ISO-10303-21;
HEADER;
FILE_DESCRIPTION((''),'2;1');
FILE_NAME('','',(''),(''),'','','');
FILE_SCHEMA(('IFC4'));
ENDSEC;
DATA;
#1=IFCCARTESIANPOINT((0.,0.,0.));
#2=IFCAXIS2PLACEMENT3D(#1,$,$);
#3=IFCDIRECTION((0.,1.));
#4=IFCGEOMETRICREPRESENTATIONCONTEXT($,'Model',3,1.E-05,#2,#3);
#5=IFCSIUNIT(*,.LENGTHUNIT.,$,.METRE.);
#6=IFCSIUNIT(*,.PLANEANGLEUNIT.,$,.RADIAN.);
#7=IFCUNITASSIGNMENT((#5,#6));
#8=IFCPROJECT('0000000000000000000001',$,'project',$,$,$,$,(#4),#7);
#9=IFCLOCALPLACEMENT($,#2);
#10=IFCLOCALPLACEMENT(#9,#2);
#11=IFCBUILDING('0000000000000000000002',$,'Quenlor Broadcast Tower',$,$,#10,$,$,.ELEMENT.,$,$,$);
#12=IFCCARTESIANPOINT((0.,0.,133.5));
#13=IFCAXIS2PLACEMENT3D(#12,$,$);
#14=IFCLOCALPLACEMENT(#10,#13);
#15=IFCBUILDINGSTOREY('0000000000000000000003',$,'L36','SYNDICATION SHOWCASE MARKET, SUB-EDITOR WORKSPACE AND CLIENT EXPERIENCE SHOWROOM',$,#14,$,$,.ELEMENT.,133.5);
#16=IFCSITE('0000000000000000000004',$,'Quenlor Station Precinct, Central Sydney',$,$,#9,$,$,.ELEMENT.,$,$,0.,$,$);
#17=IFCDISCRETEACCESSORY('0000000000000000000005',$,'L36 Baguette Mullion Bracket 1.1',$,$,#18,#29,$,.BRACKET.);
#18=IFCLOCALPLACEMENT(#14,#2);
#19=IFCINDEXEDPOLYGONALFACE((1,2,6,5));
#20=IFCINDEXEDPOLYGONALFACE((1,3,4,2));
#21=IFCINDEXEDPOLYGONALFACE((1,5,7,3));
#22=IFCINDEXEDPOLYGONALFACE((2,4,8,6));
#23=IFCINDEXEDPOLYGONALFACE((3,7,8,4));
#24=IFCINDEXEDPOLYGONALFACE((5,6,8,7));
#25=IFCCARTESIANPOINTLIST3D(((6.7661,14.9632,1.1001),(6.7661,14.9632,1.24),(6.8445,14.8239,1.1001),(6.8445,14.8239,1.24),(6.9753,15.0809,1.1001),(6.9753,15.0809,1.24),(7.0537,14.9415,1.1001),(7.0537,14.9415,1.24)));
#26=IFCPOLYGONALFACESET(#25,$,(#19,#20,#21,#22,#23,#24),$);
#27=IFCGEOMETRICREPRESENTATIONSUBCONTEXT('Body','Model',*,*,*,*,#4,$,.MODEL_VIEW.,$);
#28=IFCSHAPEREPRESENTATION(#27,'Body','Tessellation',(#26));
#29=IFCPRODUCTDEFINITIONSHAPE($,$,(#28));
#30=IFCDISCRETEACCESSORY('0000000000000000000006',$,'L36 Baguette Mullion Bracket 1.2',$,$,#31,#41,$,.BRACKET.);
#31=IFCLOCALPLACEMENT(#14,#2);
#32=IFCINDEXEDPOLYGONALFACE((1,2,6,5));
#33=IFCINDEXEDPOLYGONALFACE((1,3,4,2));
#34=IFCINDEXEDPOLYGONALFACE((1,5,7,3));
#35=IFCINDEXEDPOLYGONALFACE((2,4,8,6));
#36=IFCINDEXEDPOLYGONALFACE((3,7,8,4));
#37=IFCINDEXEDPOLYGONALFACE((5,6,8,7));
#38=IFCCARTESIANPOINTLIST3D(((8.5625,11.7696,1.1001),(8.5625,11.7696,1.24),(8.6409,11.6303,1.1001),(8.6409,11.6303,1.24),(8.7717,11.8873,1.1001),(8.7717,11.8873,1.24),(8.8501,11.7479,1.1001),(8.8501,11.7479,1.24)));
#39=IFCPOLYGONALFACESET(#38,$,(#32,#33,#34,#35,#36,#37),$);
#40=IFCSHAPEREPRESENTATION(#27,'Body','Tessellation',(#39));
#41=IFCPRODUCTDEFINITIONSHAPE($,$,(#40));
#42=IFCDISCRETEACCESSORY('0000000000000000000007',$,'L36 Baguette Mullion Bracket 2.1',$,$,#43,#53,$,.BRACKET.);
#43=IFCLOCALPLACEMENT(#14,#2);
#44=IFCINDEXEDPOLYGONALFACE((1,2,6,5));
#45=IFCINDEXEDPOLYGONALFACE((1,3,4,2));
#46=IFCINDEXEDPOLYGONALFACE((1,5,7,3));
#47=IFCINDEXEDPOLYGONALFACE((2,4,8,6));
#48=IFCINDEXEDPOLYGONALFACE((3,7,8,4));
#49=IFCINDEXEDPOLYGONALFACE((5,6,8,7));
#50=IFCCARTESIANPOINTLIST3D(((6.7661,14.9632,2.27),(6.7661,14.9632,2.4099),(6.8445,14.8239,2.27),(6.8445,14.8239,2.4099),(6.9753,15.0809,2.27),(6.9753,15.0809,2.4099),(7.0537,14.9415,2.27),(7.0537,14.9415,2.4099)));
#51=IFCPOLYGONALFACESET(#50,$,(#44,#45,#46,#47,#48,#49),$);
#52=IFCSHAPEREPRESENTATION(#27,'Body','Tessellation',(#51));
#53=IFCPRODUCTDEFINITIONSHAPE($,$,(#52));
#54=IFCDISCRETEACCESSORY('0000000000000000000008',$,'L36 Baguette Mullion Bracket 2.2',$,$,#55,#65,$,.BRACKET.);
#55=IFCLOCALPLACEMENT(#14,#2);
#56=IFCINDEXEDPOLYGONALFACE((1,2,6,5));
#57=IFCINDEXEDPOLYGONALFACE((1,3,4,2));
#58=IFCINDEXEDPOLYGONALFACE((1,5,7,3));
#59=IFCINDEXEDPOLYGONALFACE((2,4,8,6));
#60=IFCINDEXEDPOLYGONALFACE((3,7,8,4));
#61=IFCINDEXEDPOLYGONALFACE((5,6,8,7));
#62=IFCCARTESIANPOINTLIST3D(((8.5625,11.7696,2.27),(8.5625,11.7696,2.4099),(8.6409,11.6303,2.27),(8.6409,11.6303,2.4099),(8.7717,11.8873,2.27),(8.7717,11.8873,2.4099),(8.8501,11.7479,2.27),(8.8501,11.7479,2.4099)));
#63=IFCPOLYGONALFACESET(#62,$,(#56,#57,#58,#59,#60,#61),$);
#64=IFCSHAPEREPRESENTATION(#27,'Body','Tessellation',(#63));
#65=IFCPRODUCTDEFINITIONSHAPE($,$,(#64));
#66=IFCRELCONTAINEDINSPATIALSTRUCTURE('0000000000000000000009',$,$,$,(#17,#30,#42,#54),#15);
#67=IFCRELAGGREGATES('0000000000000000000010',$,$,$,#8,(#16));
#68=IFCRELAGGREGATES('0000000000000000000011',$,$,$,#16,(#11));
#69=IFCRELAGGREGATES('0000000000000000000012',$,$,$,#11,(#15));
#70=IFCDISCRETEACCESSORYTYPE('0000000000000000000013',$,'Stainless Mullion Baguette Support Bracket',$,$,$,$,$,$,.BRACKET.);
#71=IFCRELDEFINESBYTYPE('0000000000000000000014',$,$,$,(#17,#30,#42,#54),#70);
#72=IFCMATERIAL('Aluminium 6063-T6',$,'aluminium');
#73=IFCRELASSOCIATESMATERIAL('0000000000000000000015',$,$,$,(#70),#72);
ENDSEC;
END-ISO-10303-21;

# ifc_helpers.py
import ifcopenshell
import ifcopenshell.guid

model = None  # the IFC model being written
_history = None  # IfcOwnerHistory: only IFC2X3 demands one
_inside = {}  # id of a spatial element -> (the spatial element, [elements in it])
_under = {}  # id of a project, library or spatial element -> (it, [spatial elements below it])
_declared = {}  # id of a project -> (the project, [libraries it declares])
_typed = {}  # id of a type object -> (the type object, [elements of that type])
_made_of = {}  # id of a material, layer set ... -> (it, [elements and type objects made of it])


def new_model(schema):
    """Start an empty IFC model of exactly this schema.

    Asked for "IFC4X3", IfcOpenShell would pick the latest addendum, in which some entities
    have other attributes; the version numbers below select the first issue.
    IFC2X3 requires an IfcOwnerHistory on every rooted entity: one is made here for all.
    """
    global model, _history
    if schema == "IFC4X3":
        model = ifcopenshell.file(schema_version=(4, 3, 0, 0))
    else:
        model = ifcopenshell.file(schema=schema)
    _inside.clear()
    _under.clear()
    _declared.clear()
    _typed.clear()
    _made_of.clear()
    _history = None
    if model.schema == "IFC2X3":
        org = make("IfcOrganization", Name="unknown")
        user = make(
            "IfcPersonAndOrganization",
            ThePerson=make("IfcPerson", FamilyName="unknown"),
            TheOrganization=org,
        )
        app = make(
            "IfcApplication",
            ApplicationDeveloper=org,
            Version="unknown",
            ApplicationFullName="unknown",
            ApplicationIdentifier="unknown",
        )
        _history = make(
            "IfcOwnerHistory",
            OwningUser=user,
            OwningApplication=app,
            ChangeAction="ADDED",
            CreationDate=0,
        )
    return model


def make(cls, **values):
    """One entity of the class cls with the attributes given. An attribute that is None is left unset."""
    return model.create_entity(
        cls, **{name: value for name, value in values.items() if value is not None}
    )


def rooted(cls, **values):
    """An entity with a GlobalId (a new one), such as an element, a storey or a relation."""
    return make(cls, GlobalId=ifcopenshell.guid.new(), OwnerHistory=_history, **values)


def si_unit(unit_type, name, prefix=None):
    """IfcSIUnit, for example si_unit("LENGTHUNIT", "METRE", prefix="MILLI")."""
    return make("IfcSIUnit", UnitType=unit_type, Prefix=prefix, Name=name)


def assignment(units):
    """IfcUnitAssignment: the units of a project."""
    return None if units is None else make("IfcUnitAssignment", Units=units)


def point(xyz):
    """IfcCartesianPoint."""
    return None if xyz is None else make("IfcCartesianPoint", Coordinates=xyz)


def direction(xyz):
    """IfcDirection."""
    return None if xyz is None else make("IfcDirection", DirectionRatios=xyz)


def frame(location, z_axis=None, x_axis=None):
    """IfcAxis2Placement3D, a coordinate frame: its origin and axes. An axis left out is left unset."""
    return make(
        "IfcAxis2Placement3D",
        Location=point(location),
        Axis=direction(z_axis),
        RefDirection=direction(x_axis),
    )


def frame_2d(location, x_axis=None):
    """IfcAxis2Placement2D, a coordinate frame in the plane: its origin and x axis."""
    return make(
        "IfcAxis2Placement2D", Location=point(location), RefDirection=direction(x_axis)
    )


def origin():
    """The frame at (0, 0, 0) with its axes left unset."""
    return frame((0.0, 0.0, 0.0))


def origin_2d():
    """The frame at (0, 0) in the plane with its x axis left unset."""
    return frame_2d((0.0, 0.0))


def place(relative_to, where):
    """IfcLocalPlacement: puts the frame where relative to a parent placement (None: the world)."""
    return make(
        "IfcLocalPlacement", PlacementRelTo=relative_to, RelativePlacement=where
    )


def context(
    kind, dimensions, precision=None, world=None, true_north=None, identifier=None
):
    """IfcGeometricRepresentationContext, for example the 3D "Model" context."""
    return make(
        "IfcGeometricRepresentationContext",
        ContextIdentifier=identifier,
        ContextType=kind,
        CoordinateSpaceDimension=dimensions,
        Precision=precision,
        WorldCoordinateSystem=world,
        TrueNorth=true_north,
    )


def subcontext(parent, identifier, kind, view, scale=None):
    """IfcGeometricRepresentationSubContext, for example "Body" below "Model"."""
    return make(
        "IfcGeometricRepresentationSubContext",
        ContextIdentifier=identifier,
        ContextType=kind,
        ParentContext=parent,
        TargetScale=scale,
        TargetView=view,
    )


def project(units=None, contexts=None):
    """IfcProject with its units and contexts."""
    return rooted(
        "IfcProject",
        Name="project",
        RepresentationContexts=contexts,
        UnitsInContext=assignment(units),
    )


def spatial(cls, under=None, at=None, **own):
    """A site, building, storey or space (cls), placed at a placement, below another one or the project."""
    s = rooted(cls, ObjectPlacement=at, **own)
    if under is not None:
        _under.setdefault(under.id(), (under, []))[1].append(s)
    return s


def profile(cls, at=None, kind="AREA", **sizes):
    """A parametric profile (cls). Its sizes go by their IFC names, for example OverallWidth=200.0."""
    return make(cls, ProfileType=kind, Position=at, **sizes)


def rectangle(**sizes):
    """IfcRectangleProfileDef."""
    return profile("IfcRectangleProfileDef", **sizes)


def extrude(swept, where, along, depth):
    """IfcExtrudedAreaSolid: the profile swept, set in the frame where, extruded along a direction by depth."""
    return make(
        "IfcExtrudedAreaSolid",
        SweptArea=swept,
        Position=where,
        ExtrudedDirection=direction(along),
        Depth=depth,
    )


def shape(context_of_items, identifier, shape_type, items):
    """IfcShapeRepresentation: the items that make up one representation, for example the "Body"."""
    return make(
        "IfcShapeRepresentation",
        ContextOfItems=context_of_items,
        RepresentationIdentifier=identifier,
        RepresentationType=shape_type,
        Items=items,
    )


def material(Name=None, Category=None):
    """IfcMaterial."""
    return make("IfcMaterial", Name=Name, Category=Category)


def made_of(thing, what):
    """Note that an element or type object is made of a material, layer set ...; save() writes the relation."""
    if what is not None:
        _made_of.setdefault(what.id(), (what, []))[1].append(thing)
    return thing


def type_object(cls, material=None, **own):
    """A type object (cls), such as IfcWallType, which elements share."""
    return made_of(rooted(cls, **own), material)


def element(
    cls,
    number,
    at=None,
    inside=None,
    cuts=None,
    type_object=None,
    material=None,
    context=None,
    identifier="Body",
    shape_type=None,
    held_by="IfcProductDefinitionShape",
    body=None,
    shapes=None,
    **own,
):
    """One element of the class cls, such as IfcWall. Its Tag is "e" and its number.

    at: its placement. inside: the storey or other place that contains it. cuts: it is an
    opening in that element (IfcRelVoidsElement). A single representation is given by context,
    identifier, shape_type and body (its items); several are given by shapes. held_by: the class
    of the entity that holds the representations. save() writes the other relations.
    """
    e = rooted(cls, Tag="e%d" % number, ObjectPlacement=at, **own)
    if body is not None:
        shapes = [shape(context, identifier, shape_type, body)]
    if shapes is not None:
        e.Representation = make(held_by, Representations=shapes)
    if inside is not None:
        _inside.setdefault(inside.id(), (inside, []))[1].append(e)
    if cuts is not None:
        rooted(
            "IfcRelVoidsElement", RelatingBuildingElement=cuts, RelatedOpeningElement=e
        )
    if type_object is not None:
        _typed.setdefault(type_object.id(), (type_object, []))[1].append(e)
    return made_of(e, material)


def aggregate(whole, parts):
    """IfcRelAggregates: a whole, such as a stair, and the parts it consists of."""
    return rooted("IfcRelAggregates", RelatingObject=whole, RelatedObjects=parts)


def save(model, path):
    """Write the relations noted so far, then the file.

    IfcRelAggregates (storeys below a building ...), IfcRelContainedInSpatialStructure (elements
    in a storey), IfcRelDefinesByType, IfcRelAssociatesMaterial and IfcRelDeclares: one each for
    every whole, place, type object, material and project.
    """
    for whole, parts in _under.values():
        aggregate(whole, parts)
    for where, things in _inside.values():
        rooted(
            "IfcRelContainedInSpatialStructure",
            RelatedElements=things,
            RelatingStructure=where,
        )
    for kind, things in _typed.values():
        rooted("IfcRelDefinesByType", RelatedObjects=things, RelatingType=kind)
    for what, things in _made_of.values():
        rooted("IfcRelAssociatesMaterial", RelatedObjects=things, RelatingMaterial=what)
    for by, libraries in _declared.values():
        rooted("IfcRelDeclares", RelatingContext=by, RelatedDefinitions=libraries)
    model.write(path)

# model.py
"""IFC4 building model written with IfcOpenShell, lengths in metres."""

from ifc_helpers import new_model, si_unit, direction, frame, origin, origin_2d, place, context, subcontext, project, spatial, rectangle, extrude, material, type_object, element, save


model = new_model("IFC4")

# Units and contexts
model_context = context("Model", 3, precision=1e-05, world=origin(), true_north=direction((0.0, 1.0)))
body_context = subcontext(model_context, "Body", "Model", "MODEL_VIEW")
ifc_project = project(units=[si_unit("LENGTHUNIT", "METRE"), si_unit("PLANEANGLEUNIT", "RADIAN")], contexts=[model_context])

# Site, building, storey
site_placement = place(None, origin())
site = spatial("IfcSite", under=ifc_project, at=site_placement, Name="Quenlor Station Precinct, Central Sydney", CompositionType="ELEMENT", RefElevation=0.0)
building_placement = place(site_placement, origin())
building = spatial("IfcBuilding", under=site, at=building_placement, Name="Quenlor Broadcast Tower", CompositionType="ELEMENT")
storey_placement = place(building_placement, frame((0.0, 0.0, 133.5)))
storey = spatial("IfcBuildingStorey", under=building, at=storey_placement, Name="L36", Description="SYNDICATION SHOWCASE MARKET, SUB-EDITOR WORKSPACE AND CLIENT EXPERIENCE SHOWROOM", CompositionType="ELEMENT", Elevation=133.5)

# Discrete accessories
ifc_material_1 = material(Name="Aluminium 6063-T6", Category="aluminium")
discrete_accessory_type = type_object("IfcDiscreteAccessoryType", Name="Stainless Mullion Baguette Support Bracket", PredefinedType="BRACKET", material=ifc_material_1)
for number, where, z_axis, x_axis, name in (
    (1, (6.9099, 14.9524, 1.1001), (0.0, 0.0, 1.0), (0.49027, -0.871571, 0.0), "L36 Baguette Mullion Bracket 1.1"),
    (2, (8.7063, 11.7588, 1.1001), (0.0, 0.0, 1.0), (0.49027, -0.871571, 0.0), "L36 Baguette Mullion Bracket 1.2"),
    (3, (6.9099, 14.9524, 2.27), (0.0, 0.0, 1.0), (0.49027, -0.871571, 0.0), "L36 Baguette Mullion Bracket 2.1"),
    (4, (8.7063, 11.7588, 2.27), (0.0, 0.0, 1.0), (0.49027, -0.871571, 0.0), "L36 Baguette Mullion Bracket 2.2"),
):
    element("IfcDiscreteAccessory", number, at=place(storey_placement, frame(where, z_axis=z_axis, x_axis=x_axis)), inside=storey, type_object=discrete_accessory_type, Name=name, PredefinedType="BRACKET", context=body_context, shape_type="SweptSolid", body=[
        extrude(rectangle(XDim=0.1599, YDim=0.24, at=origin_2d()), origin(), (0.0, 0.0, 1.0), 0.1399),
    ])

save(model, "model.ifc")
